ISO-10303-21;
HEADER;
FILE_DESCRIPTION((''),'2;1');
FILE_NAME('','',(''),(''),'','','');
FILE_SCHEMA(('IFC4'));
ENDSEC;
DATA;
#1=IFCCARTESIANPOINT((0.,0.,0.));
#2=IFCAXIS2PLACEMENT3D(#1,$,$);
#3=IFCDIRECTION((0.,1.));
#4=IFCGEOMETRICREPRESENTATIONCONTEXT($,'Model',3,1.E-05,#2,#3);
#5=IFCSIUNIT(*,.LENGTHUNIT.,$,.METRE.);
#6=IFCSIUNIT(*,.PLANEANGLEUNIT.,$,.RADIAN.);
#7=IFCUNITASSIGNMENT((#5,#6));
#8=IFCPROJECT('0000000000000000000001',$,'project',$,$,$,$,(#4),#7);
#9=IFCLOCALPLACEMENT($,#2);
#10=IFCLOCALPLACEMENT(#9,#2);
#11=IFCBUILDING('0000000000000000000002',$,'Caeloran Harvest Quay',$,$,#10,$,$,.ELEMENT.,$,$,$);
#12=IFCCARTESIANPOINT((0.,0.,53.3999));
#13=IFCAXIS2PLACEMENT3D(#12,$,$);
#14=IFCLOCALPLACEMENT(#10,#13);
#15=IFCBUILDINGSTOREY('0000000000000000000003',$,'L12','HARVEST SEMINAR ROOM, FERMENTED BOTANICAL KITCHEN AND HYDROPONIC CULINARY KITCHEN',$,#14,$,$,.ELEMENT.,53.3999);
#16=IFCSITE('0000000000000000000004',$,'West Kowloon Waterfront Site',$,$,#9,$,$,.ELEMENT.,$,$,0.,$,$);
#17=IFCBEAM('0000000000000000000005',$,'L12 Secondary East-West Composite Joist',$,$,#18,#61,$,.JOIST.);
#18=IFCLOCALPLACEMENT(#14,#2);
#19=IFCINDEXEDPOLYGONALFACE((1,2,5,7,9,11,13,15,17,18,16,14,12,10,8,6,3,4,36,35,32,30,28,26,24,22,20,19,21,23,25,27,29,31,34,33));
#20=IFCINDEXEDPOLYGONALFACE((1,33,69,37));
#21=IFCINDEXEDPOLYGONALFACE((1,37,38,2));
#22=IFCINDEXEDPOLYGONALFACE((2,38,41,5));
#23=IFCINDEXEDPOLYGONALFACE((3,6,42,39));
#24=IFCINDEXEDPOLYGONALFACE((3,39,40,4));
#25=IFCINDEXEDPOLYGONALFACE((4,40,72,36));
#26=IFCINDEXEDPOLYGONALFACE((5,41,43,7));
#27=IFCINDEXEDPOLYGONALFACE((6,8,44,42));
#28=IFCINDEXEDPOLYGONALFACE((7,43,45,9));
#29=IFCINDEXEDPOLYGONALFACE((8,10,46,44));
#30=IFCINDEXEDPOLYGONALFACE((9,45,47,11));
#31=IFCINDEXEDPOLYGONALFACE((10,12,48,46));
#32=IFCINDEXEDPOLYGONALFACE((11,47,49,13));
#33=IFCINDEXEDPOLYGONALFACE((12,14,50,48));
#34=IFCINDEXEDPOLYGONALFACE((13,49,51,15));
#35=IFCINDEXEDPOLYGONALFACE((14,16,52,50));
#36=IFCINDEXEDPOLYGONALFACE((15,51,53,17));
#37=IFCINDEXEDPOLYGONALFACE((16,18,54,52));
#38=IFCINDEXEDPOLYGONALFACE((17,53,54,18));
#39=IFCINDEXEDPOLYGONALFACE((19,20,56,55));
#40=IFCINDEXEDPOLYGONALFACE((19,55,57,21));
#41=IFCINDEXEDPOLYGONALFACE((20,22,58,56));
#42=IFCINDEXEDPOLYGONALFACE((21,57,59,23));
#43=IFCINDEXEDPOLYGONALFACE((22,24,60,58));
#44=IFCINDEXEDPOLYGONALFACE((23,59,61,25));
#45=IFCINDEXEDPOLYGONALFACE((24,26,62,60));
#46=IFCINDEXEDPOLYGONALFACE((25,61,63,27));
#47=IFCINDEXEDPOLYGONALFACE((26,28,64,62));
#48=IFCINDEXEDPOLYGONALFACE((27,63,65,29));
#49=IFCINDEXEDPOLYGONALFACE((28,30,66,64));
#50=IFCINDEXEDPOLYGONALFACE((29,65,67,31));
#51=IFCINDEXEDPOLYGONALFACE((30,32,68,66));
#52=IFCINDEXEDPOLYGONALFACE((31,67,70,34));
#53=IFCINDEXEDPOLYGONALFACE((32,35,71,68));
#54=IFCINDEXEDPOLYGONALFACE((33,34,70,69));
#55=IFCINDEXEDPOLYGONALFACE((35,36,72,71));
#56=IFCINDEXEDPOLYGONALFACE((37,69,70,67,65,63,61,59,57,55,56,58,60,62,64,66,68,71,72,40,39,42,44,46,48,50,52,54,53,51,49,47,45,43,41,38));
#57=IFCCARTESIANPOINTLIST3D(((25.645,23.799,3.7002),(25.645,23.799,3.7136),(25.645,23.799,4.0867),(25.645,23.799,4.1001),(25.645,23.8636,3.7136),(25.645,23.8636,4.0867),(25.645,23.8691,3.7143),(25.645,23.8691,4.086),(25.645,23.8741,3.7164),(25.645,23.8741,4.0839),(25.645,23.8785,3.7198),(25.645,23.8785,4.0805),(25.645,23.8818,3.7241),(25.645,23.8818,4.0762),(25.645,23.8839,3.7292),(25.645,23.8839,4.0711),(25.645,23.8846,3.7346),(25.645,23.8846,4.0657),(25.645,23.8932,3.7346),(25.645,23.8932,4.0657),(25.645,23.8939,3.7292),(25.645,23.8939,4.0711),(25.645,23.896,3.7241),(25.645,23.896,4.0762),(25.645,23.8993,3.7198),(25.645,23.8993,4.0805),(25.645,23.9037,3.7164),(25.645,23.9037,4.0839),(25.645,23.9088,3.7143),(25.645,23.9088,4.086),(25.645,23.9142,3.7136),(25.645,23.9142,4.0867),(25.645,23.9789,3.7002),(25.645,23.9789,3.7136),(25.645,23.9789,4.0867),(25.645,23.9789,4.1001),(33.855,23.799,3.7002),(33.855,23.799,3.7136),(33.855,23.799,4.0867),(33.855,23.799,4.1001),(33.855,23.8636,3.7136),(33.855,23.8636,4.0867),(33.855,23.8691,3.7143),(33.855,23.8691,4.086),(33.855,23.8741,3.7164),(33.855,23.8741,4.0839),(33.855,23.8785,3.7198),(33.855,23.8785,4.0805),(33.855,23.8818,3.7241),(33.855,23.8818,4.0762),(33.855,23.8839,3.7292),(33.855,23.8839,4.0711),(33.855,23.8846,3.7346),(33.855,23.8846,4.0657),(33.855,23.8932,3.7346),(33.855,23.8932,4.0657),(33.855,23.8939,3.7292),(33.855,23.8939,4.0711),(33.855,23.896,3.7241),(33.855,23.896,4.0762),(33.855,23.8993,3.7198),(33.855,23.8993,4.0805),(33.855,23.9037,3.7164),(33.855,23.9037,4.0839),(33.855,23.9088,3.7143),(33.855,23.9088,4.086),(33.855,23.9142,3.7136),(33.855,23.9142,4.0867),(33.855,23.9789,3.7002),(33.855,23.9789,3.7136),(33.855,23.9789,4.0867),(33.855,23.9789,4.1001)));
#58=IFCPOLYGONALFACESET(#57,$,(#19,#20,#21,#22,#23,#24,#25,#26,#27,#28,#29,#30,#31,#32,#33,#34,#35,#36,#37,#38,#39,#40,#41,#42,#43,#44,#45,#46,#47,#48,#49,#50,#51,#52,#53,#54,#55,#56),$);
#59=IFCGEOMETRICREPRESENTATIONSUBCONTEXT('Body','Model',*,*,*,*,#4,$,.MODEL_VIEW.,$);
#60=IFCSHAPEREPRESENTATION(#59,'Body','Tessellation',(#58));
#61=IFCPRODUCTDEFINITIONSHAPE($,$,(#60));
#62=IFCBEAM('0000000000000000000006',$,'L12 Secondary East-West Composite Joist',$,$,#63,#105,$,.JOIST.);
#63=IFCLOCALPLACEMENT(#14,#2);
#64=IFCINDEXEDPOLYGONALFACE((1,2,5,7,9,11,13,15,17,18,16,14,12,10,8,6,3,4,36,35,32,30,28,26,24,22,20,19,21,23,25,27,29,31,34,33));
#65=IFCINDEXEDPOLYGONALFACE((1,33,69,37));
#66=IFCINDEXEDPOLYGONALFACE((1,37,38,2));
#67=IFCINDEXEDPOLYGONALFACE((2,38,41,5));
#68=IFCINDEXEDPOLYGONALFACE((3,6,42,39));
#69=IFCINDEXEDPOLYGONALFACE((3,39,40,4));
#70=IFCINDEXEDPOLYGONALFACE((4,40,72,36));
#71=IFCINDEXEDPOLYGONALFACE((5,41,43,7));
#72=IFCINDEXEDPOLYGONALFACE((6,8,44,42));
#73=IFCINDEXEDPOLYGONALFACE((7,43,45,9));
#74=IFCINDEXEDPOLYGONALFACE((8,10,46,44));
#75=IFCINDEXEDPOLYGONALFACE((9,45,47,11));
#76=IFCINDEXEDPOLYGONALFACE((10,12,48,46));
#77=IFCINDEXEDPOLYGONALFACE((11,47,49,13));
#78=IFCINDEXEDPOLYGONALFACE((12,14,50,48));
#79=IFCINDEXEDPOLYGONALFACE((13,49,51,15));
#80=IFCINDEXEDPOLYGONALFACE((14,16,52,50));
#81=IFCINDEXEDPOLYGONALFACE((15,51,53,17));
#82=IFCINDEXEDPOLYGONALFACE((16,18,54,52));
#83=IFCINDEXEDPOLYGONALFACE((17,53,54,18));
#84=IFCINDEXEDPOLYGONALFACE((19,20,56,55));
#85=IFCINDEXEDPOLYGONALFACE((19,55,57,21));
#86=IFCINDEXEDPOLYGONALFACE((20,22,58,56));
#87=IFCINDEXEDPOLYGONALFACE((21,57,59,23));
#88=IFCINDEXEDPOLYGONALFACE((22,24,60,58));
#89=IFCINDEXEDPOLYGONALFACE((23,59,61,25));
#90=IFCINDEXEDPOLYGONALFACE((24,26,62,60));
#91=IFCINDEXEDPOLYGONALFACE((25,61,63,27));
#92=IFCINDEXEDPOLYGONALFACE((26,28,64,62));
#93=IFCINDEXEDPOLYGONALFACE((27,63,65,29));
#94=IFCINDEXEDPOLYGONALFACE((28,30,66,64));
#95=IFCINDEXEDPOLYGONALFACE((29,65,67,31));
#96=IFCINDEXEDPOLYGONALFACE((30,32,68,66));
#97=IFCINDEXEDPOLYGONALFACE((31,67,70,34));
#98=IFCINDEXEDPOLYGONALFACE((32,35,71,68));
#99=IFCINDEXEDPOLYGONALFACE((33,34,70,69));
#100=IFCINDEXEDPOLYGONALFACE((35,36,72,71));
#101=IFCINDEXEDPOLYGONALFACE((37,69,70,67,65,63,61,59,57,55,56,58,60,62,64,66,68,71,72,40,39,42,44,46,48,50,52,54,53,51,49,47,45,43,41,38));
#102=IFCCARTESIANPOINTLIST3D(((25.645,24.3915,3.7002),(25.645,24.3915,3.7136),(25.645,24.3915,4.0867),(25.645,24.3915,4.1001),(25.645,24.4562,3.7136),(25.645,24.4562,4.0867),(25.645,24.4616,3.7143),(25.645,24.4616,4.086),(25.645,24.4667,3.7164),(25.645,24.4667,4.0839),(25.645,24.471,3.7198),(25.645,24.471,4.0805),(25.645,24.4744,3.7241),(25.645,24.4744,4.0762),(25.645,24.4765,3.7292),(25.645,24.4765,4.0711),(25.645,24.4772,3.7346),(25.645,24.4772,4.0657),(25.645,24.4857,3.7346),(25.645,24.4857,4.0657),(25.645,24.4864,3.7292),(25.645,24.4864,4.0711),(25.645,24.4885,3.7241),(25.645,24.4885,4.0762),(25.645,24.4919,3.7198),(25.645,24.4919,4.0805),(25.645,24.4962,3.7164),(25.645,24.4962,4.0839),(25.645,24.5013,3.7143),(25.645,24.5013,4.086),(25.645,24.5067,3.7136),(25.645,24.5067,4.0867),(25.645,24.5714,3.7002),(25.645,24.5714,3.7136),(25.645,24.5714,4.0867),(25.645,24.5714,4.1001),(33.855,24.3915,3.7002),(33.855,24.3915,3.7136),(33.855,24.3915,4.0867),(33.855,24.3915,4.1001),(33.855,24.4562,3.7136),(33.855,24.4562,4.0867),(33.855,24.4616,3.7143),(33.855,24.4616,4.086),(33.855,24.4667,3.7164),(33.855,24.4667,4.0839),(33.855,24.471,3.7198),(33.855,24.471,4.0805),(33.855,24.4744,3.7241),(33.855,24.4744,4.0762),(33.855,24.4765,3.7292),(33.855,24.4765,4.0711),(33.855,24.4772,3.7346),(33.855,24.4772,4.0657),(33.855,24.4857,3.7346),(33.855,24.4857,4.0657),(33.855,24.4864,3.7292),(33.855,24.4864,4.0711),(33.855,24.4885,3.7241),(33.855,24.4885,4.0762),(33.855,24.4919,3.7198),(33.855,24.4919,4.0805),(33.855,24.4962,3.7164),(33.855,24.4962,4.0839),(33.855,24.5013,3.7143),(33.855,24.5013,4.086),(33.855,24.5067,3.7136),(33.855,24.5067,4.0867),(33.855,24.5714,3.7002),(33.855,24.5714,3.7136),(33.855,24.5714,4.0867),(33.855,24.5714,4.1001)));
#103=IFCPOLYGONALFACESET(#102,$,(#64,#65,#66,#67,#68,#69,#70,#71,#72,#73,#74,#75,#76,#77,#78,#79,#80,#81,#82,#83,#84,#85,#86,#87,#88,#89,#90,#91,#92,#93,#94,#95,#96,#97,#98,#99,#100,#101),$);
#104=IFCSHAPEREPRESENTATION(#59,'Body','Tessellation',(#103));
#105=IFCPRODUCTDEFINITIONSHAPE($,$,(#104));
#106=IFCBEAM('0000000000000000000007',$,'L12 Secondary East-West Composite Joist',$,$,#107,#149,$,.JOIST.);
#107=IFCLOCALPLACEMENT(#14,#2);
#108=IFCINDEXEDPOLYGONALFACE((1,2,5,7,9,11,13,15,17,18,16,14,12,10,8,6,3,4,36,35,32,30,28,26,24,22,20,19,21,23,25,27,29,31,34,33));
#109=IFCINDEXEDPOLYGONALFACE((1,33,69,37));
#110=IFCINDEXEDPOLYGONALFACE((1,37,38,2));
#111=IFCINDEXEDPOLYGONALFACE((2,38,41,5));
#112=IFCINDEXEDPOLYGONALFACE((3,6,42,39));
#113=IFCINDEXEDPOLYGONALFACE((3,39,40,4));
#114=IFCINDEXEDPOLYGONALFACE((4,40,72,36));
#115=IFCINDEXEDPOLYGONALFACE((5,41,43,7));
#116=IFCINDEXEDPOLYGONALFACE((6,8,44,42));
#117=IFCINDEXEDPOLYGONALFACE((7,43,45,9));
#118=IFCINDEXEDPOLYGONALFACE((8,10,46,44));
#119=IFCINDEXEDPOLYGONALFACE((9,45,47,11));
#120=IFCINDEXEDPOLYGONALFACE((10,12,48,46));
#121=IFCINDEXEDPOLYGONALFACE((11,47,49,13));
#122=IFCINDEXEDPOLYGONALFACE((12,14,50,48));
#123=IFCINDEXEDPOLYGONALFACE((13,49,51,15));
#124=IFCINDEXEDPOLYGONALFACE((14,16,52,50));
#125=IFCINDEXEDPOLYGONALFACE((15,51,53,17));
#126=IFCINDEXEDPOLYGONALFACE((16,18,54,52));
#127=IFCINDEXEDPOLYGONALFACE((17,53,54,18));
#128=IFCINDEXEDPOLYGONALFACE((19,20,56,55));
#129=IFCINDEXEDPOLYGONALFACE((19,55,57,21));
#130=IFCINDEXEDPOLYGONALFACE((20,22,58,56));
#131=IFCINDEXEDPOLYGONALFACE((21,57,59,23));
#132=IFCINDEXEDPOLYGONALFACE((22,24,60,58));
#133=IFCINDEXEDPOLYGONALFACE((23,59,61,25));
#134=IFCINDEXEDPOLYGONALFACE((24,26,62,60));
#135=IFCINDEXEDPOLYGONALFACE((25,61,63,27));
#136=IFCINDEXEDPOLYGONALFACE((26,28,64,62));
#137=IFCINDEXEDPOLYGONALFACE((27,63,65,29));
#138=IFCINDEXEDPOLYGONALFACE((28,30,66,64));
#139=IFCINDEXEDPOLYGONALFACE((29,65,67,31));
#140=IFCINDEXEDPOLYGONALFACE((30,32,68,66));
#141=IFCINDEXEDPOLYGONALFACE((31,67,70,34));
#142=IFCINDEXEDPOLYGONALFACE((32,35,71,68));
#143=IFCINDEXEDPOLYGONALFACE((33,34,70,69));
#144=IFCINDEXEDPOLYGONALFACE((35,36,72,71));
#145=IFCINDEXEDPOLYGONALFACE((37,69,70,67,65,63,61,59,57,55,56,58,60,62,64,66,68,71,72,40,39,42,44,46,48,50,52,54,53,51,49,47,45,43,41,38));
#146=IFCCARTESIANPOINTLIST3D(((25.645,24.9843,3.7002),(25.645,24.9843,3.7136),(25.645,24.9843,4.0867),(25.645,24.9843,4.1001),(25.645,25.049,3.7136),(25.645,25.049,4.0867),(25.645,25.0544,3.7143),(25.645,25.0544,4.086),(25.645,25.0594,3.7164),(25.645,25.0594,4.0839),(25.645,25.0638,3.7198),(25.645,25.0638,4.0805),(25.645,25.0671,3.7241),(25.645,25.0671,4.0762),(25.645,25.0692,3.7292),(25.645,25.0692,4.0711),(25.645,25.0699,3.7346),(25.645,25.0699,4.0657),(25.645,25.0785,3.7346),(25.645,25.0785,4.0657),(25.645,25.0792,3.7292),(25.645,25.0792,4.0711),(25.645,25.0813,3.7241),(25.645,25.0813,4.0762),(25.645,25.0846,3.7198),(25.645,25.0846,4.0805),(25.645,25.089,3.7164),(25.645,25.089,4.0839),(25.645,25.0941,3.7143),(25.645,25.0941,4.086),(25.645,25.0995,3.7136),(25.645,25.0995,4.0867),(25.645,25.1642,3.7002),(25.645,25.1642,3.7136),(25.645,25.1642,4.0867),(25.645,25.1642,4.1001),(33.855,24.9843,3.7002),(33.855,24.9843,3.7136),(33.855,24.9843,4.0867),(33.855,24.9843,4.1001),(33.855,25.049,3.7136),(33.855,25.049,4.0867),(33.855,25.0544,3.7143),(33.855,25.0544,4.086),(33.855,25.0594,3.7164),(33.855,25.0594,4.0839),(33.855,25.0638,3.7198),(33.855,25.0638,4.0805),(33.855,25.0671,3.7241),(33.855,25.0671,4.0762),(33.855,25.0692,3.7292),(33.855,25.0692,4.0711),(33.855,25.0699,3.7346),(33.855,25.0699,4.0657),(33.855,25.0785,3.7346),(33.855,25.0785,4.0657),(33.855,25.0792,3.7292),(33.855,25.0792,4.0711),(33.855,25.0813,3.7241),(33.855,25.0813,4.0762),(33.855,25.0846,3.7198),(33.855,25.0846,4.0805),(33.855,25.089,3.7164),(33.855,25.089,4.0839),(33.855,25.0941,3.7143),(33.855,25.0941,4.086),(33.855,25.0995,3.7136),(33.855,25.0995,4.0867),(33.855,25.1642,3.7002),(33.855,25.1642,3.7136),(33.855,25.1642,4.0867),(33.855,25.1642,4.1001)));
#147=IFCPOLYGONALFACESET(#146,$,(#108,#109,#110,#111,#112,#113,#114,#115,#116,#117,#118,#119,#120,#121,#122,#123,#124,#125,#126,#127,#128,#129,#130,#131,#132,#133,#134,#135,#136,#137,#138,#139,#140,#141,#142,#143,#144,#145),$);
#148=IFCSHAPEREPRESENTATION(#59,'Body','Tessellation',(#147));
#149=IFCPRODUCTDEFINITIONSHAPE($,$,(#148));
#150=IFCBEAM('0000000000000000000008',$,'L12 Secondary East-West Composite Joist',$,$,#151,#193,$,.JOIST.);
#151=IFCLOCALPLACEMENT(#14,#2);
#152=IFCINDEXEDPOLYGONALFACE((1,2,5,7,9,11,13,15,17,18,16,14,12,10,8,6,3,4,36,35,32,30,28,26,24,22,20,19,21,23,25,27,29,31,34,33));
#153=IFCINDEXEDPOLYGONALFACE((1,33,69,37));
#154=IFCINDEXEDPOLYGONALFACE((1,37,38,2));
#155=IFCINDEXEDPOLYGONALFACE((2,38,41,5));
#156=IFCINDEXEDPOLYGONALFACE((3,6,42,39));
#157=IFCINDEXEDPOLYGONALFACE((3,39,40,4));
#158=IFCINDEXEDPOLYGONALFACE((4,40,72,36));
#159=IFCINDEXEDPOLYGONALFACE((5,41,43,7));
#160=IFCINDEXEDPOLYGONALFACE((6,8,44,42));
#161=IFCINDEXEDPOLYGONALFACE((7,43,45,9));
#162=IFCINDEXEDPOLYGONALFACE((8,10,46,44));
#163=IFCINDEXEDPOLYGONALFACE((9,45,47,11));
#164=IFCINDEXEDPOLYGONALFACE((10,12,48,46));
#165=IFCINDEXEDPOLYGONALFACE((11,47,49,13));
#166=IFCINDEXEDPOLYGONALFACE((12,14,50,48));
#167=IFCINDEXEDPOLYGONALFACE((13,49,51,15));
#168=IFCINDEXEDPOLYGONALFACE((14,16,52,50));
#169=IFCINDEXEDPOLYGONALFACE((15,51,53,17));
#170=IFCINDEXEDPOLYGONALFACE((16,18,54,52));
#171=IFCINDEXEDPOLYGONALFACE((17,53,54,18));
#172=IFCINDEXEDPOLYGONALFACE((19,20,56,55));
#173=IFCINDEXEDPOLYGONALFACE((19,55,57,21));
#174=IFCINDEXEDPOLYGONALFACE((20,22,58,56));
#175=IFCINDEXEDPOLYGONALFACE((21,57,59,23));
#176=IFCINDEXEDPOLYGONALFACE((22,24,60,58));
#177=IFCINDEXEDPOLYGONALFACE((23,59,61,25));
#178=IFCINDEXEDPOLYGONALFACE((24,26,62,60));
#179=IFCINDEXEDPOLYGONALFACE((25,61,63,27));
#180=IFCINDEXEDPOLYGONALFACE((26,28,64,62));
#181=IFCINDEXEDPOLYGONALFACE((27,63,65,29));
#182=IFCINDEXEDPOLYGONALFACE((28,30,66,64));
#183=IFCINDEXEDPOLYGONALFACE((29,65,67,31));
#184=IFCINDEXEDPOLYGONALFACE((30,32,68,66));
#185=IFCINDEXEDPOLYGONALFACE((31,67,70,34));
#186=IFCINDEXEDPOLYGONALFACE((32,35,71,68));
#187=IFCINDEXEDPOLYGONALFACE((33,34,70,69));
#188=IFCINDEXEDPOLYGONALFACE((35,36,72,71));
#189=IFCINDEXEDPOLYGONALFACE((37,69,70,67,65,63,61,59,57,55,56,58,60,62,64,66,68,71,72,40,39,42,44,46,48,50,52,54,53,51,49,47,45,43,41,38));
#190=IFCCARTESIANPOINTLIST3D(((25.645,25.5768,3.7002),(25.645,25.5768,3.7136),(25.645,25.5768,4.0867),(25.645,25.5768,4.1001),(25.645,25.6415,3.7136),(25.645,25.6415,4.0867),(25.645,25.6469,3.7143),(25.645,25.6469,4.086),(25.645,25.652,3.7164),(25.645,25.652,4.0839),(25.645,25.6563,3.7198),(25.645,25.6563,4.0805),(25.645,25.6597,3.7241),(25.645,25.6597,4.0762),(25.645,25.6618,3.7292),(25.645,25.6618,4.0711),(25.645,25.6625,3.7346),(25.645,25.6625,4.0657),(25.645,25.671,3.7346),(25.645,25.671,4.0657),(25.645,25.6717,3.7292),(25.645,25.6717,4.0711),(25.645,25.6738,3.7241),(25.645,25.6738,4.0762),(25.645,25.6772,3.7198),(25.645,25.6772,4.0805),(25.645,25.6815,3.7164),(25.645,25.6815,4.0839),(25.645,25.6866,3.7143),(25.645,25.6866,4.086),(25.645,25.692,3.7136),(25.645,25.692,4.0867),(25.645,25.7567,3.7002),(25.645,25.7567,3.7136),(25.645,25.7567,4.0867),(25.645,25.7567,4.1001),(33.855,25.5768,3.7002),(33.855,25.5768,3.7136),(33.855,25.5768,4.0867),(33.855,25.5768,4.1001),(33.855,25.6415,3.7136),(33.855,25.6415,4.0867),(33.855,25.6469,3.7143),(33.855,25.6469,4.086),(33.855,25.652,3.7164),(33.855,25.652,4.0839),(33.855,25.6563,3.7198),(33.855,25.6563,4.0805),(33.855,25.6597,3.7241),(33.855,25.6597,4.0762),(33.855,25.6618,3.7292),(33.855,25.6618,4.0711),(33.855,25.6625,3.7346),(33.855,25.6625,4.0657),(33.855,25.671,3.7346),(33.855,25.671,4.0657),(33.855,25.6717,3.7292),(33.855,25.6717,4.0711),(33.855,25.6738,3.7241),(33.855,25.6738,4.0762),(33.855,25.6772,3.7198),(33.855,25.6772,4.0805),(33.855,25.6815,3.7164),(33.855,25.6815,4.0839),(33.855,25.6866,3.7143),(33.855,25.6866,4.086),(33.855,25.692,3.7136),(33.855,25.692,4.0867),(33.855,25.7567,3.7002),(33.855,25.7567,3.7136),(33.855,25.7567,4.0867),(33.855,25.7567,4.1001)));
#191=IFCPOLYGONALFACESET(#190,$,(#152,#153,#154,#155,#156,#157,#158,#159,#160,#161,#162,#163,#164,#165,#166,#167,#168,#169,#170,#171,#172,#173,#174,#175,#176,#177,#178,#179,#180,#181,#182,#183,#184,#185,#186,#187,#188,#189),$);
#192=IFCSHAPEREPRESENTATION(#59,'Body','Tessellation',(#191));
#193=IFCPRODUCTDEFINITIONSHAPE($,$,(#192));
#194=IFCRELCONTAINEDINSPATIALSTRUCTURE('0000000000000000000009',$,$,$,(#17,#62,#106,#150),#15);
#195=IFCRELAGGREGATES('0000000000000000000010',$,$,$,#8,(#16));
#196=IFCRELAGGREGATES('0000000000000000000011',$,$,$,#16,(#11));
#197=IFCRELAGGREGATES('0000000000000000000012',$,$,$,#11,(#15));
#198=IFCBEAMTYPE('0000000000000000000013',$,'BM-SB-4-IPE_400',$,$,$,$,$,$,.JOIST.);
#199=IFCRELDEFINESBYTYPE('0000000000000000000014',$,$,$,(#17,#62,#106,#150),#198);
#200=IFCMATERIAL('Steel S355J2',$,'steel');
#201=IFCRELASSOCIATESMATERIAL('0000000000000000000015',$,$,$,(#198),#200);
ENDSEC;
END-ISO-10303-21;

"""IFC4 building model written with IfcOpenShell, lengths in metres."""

from ifc_helpers import new_model, si_unit, direction, frame, origin, origin_2d, place, context, subcontext, project, spatial, i_section, extrude, material, material_profile, profile_set, type_object, element, save


model = new_model("IFC4")

# Units and contexts
model_context = context("Model", 3, precision=1e-05, world=origin(), true_north=direction((0.0, 1.0)))
body_context = subcontext(model_context, "Body", "Model", "MODEL_VIEW")
ifc_project = project(units=[si_unit("LENGTHUNIT", "METRE"), si_unit("PLANEANGLEUNIT", "RADIAN")], contexts=[model_context])

# Site, building, storey
site_placement = place(None, origin())
site = spatial("IfcSite", under=ifc_project, at=site_placement, Name="West Kowloon Waterfront Site", CompositionType="ELEMENT", RefElevation=0.0)
building_placement = place(site_placement, origin())
building = spatial("IfcBuilding", under=site, at=building_placement, Name="Caeloran Harvest Quay", CompositionType="ELEMENT")
storey_placement = place(building_placement, frame((0.0, 0.0, 53.3999)))
storey = spatial("IfcBuildingStorey", under=building, at=storey_placement, Name="L12", Description="HARVEST SEMINAR ROOM, FERMENTED BOTANICAL KITCHEN AND HYDROPONIC CULINARY KITCHEN", CompositionType="ELEMENT", Elevation=53.3999)

# Beams
ifc_material_1 = material(Name="Steel S355J2", Category="steel")
ifc_material_profile_1 = material_profile(ifc_material_1, i_section(OverallWidth=0.1799, OverallDepth=0.3999, WebThickness=0.0085, FlangeThickness=0.0134, FilletRadius=0.021, at=origin_2d()), Name="IPE 400")
ifc_profile_set_1 = profile_set([ifc_material_profile_1], Name="Steel S355J2")
beam_type_1 = type_object("IfcBeamType", Name="BM-SB-4-IPE_400", PredefinedType="JOIST", material=ifc_profile_set_1)
for number, where, z_axis, x_axis, name in (
    (1, (25.645, 23.8889, 3.9001), (1.0, 0.0, 0.0), (0.0, 1.0, 0.0), "L12 Secondary East-West Composite Joist"),
    (2, (25.645, 24.4814, 3.9001), (1.0, 0.0, 0.0), (0.0, 1.0, 0.0), "L12 Secondary East-West Composite Joist"),
    (3, (25.645, 25.0742, 3.9001), (1.0, 0.0, 0.0), (0.0, 1.0, 0.0), "L12 Secondary East-West Composite Joist"),
    (4, (25.645, 25.6667, 3.9001), (1.0, 0.0, 0.0), (0.0, 1.0, 0.0), "L12 Secondary East-West Composite Joist"),
):
    element("IfcBeam", number, at=place(storey_placement, frame(where, z_axis=z_axis, x_axis=x_axis)), inside=storey, type_object=beam_type_1, Name=name, PredefinedType="JOIST", context=body_context, shape_type="SweptSolid", body=[
        extrude(i_section(OverallWidth=0.1799, OverallDepth=0.3999, WebThickness=0.0085, FlangeThickness=0.0134, FilletRadius=0.021, at=origin_2d()), origin(), (0.0, 0.0, 1.0), 8.21),
    ])

save(model, "model.ifc")
